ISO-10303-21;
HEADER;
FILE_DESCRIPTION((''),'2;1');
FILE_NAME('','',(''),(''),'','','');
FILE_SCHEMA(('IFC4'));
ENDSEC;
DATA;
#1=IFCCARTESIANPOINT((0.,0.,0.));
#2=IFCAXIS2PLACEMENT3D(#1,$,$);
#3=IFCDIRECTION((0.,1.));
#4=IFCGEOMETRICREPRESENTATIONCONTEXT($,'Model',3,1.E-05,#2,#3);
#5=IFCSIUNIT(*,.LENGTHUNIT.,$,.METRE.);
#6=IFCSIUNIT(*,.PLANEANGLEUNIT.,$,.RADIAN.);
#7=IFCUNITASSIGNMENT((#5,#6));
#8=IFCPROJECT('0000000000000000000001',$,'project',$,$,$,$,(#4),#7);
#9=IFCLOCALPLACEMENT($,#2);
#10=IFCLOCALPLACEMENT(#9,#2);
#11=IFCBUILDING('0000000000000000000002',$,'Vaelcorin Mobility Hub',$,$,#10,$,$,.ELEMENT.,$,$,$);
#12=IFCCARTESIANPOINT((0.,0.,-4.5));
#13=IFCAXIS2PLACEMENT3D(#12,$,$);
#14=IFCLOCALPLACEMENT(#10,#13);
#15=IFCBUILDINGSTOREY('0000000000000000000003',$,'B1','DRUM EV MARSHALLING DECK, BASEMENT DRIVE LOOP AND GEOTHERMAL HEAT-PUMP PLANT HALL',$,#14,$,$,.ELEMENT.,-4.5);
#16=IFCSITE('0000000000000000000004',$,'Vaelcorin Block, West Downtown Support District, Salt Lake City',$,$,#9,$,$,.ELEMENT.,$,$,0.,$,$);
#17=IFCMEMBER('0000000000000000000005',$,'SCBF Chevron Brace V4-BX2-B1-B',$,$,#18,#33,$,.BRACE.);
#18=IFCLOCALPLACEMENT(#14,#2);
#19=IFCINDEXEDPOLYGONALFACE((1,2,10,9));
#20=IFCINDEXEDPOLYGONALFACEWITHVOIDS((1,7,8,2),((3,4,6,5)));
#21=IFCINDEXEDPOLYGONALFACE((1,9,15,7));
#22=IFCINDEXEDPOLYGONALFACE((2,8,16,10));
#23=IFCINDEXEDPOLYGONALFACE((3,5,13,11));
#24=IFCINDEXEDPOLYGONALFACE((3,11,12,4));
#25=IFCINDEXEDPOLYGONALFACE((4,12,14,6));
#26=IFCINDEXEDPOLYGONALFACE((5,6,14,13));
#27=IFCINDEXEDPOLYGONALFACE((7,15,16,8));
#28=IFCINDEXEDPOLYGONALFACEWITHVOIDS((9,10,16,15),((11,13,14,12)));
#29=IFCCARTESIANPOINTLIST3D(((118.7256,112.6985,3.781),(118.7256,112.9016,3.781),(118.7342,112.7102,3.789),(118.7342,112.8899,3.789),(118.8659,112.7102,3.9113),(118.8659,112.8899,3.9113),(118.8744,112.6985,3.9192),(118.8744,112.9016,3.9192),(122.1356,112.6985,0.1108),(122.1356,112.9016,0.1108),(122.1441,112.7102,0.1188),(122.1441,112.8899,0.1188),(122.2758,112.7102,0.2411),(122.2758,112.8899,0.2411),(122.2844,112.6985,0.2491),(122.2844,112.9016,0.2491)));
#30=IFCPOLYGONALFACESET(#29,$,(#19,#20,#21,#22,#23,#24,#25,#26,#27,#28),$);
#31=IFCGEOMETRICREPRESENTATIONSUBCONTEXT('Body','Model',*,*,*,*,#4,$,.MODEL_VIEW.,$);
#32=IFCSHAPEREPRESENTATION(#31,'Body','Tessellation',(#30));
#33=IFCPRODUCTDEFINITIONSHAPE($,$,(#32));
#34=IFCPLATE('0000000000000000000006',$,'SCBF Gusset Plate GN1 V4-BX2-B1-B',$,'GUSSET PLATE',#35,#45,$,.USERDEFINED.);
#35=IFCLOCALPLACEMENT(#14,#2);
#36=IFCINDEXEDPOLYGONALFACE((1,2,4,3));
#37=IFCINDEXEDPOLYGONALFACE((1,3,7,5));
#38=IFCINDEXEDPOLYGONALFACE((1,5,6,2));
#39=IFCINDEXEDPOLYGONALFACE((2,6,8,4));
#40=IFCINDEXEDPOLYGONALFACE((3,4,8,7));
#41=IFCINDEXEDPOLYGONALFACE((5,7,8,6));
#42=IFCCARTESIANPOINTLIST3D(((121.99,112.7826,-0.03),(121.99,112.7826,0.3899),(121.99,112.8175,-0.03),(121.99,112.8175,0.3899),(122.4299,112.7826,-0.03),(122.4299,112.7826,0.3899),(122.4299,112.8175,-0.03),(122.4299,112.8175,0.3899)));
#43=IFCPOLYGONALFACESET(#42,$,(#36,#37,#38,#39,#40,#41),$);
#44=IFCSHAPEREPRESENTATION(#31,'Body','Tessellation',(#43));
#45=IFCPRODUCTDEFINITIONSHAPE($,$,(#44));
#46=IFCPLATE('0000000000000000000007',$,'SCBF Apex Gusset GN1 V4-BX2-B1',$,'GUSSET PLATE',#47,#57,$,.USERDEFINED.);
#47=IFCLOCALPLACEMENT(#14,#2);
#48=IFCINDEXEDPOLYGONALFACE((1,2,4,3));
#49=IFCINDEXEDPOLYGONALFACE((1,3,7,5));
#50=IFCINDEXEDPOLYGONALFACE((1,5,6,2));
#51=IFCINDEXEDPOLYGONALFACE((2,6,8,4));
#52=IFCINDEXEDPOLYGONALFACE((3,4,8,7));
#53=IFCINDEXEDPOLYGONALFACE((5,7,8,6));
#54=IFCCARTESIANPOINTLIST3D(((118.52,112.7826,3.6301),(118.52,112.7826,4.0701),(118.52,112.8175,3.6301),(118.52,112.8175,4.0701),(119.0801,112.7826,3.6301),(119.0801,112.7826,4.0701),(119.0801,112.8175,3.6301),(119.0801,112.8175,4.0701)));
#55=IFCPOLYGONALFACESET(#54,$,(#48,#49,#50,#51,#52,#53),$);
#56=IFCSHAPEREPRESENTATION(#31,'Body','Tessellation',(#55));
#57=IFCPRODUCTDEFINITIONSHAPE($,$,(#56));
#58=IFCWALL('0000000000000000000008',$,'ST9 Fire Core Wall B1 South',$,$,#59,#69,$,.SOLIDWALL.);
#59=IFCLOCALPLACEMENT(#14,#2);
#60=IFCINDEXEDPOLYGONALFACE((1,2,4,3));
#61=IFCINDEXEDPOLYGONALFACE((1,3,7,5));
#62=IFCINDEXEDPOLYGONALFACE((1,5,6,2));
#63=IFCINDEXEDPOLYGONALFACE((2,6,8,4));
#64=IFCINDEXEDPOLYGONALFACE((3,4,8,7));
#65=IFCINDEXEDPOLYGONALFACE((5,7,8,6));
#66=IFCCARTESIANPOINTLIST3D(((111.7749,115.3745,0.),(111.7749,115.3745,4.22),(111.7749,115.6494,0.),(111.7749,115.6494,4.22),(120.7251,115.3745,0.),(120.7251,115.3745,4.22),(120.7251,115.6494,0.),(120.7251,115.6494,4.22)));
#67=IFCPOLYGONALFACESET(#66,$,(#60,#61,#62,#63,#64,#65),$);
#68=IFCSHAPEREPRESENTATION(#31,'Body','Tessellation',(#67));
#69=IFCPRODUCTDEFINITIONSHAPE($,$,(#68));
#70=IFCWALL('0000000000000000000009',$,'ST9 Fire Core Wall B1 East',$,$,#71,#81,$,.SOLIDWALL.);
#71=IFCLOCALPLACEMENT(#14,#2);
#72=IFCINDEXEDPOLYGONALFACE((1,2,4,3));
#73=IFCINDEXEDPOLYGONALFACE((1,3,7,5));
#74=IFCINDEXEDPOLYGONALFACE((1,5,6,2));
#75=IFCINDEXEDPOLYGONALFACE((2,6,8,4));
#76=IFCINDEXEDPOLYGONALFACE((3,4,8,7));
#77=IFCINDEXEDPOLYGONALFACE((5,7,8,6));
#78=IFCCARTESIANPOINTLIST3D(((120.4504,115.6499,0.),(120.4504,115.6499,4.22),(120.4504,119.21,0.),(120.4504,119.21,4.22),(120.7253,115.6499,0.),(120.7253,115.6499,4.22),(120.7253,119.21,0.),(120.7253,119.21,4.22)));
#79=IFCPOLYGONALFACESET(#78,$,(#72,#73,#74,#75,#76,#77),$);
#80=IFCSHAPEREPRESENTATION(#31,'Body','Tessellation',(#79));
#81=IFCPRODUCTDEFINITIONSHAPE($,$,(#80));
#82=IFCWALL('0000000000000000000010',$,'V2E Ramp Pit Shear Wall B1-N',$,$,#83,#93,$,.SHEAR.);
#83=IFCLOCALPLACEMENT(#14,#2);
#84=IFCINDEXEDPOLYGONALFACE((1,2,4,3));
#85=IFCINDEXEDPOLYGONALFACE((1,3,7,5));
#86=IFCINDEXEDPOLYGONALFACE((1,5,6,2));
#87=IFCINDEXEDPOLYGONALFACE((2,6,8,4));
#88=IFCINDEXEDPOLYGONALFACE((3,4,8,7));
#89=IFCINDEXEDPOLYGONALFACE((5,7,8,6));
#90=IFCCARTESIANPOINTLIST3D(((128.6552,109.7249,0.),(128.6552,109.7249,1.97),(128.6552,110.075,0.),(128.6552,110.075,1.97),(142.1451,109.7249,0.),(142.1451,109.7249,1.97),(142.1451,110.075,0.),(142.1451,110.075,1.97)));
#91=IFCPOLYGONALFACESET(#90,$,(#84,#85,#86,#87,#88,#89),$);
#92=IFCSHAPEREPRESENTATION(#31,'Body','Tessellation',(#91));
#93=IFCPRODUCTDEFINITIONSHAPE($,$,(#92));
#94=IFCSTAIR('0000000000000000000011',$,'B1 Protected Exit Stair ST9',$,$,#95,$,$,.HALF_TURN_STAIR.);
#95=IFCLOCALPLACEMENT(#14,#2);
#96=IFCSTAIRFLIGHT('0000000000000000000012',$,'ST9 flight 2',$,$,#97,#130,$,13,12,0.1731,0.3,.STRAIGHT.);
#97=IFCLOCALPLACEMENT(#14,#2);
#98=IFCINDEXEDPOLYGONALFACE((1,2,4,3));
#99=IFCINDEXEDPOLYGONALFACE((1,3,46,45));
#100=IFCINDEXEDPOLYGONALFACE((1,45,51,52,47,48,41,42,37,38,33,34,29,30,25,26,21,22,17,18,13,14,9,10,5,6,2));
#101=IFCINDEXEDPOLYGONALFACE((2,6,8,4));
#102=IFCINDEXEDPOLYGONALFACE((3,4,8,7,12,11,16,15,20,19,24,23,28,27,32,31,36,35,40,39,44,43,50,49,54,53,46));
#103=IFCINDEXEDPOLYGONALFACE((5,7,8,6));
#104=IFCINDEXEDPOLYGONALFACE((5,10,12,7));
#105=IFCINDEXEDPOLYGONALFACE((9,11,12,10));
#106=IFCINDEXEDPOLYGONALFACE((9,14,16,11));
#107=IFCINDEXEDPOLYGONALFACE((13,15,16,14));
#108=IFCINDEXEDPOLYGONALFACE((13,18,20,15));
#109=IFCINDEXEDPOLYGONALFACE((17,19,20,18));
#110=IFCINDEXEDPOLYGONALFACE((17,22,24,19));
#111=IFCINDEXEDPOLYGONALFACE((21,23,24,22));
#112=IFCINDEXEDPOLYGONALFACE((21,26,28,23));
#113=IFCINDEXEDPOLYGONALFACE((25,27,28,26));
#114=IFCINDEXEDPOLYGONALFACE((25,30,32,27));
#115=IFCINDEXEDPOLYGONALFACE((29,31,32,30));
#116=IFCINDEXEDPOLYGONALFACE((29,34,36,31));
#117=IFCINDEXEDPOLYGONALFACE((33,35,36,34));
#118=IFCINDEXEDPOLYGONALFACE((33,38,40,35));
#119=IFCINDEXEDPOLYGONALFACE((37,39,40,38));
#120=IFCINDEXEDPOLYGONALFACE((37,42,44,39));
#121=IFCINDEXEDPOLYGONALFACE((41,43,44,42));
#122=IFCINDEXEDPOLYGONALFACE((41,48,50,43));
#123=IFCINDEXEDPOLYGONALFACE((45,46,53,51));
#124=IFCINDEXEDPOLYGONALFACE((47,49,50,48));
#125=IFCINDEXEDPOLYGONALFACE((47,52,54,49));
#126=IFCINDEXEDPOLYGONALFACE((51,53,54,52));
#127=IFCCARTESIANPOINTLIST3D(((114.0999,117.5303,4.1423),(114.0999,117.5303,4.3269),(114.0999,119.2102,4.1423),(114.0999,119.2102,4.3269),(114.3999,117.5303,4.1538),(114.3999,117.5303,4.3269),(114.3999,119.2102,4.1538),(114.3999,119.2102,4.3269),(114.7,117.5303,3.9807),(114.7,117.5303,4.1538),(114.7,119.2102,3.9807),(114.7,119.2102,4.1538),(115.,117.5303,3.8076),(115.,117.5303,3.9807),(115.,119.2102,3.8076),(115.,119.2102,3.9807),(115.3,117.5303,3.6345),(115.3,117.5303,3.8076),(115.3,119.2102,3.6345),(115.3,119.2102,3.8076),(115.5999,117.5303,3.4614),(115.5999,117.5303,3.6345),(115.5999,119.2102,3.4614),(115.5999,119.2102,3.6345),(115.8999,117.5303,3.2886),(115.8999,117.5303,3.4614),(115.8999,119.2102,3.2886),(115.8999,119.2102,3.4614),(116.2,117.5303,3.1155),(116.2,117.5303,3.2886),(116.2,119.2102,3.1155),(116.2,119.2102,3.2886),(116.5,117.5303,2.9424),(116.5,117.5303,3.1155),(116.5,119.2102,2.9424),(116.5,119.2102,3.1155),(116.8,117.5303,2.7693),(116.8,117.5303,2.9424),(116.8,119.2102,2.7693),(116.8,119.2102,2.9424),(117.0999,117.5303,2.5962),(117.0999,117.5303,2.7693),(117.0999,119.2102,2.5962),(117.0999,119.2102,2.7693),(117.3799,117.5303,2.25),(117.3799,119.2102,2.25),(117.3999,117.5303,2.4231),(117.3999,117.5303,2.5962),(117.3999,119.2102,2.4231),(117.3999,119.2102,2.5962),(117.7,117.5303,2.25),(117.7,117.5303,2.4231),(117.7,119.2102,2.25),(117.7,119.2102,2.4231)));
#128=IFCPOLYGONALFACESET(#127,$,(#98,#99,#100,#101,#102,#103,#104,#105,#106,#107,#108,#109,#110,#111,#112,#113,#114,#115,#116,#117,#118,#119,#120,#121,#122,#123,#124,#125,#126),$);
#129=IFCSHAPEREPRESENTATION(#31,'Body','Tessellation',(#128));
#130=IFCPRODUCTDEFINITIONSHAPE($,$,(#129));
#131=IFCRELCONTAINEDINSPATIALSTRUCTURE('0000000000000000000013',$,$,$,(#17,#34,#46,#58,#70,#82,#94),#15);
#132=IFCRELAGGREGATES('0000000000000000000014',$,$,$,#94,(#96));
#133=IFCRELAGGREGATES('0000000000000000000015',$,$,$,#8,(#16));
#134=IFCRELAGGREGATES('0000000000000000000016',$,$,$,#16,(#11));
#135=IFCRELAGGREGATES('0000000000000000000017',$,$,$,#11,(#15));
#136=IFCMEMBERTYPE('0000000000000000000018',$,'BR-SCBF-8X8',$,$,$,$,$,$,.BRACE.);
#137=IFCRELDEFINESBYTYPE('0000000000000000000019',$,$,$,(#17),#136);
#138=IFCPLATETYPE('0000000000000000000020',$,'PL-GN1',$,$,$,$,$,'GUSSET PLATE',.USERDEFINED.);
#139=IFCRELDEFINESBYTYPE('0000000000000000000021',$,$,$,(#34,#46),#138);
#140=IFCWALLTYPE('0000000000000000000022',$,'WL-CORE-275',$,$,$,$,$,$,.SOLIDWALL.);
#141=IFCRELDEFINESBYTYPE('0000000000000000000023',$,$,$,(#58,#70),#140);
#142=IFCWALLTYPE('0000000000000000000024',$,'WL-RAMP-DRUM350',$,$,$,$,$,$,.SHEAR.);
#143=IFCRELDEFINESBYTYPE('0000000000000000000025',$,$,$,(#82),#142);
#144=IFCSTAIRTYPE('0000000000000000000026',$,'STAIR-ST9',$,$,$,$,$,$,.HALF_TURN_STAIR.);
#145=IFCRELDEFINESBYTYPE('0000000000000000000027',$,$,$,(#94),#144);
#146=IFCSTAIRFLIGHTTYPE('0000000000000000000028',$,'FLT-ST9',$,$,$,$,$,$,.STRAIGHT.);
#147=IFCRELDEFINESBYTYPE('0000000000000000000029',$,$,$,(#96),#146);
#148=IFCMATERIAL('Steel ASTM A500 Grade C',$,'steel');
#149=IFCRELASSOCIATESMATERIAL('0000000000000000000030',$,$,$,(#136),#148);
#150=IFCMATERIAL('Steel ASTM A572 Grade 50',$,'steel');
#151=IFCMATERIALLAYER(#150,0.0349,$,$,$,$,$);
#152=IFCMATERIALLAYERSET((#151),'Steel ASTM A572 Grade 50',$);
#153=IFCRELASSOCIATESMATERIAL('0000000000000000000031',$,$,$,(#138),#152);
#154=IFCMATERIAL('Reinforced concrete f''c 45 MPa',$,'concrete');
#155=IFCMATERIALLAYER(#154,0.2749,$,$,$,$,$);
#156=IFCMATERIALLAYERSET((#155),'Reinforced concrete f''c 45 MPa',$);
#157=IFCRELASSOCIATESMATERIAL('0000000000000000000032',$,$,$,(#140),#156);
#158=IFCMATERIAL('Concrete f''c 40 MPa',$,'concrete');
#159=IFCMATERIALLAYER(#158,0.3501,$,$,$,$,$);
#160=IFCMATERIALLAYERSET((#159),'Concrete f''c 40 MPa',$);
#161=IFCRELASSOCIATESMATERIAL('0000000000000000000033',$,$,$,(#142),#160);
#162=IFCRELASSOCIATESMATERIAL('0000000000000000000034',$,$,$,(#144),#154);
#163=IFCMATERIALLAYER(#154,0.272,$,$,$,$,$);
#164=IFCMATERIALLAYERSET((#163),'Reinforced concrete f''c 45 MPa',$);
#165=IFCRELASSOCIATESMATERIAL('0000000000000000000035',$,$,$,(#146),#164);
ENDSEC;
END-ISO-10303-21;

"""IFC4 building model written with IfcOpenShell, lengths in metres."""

from ifc_helpers import new_model, si_unit, direction, frame, frame_2d, origin, origin_2d, place, context, subcontext, project, spatial, polyline, rectangle, hollow_rectangle, outline, extrude, material, layer, layer_set, material_profile, profile_set, type_object, element, aggregate, save


model = new_model("IFC4")

# Units and contexts
model_context = context("Model", 3, precision=1e-05, world=origin(), true_north=direction((0.0, 1.0)))
body_context = subcontext(model_context, "Body", "Model", "MODEL_VIEW")
ifc_project = project(units=[si_unit("LENGTHUNIT", "METRE"), si_unit("PLANEANGLEUNIT", "RADIAN")], contexts=[model_context])

# Site, building, storey
site_placement = place(None, origin())
site = spatial("IfcSite", under=ifc_project, at=site_placement, Name="Vaelcorin Block, West Downtown Support District, Salt Lake City", CompositionType="ELEMENT", RefElevation=0.0)
building_placement = place(site_placement, origin())
building = spatial("IfcBuilding", under=site, at=building_placement, Name="Vaelcorin Mobility Hub", CompositionType="ELEMENT")
storey_placement = place(building_placement, frame((0.0, 0.0, -4.5)))
storey = spatial("IfcBuildingStorey", under=building, at=storey_placement, Name="B1", Description="DRUM EV MARSHALLING DECK, BASEMENT DRIVE LOOP AND GEOTHERMAL HEAT-PUMP PLANT HALL", CompositionType="ELEMENT", Elevation=-4.5)

# Shared definitions
ifc_material_1 = material(Name="Concrete f'c 40 MPa", Category="concrete")

# Member
ifc_material_2 = material(Name="Steel ASTM A500 Grade C", Category="steel")
ifc_material_profile_1 = material_profile(ifc_material_2, hollow_rectangle(XDim=0.2031, YDim=0.2031, WallThickness=0.0117, at=origin_2d()), Name="HSS8X8X0.500")
ifc_profile_set_1 = profile_set([ifc_material_profile_1], Name="Steel ASTM A500 Grade C")
member_type = type_object("IfcMemberType", Name="BR-SCBF-8X8", PredefinedType="BRACE", material=ifc_profile_set_1)
member_placement = place(storey_placement, frame((122.21, 112.8, 0.1799), z_axis=(-0.680655, 0.0, 0.732604), x_axis=(0.0, -1.0, 0.0)))
element("IfcMember", 1, at=member_placement, inside=storey, type_object=member_type, Name="SCBF Chevron Brace V4-BX2-B1-B", PredefinedType="BRACE", context=body_context, shape_type="SweptSolid", body=[
    extrude(hollow_rectangle(XDim=0.2031, YDim=0.2031, WallThickness=0.0117, at=origin_2d()), origin(), (0.0, 0.0, 1.0), 5.0098),
])

# Plates
ifc_material_3 = material(Name="Steel ASTM A572 Grade 50", Category="steel")
ifc_layer_1 = layer(ifc_material_3, 0.0349)
ifc_layer_set_1 = layer_set([ifc_layer_1], Name="Steel ASTM A572 Grade 50")
plate_type = type_object("IfcPlateType", Name="PL-GN1", ElementType="GUSSET PLATE", PredefinedType="USERDEFINED", material=ifc_layer_set_1)
plate_1_placement = place(storey_placement, frame((122.21, 112.8, -0.03), z_axis=(0.0, 0.0, 1.0), x_axis=(1.0, 0.0, 0.0)))
element("IfcPlate", 2, at=plate_1_placement, inside=storey, type_object=plate_type, Name="SCBF Gusset Plate GN1 V4-BX2-B1-B", ObjectType="GUSSET PLATE", PredefinedType="USERDEFINED", context=body_context, shape_type="SweptSolid", body=[
    extrude(rectangle(XDim=0.4399, YDim=0.0349, at=origin_2d()), origin(), (0.0, 0.0, 1.0), 0.4199),
])
plate_2_placement = place(storey_placement, frame((118.8, 112.8, 3.6301), z_axis=(0.0, 0.0, 1.0), x_axis=(1.0, 0.0, 0.0)))
element("IfcPlate", 3, at=plate_2_placement, inside=storey, type_object=plate_type, Name="SCBF Apex Gusset GN1 V4-BX2-B1", ObjectType="GUSSET PLATE", PredefinedType="USERDEFINED", context=body_context, shape_type="SweptSolid", body=[
    extrude(rectangle(XDim=0.5601, YDim=0.0349, at=origin_2d()), origin(), (0.0, 0.0, 1.0), 0.4399),
])

# Walls
ifc_material_4 = material(Name="Reinforced concrete f'c 45 MPa", Category="concrete")
ifc_layer_2 = layer(ifc_material_4, 0.2749)
ifc_layer_set_2 = layer_set([ifc_layer_2], Name="Reinforced concrete f'c 45 MPa")
wall_type_1 = type_object("IfcWallType", Name="WL-CORE-275", PredefinedType="SOLIDWALL", material=ifc_layer_set_2)
wall_1_placement = place(storey_placement, frame((120.7251, 115.512, 0.0), z_axis=(0.0, 0.0, 1.0), x_axis=(-1.0, 0.0, 0.0)))
element("IfcWall", 4, at=wall_1_placement, inside=storey, type_object=wall_type_1, Name="ST9 Fire Core Wall B1 South", PredefinedType="SOLIDWALL", context=body_context, shape_type="SweptSolid", body=[
    extrude(rectangle(XDim=8.9502, YDim=0.2749, at=frame_2d((4.4751, 0.0))), origin(), (0.0, 0.0, 1.0), 4.22),
])
wall_2_placement = place(storey_placement, frame((120.5879, 119.21, 0.0), z_axis=(0.0, 0.0, 1.0), x_axis=(0.0, -1.0, 0.0)))
element("IfcWall", 5, at=wall_2_placement, inside=storey, type_object=wall_type_1, Name="ST9 Fire Core Wall B1 East", PredefinedType="SOLIDWALL", context=body_context, shape_type="SweptSolid", body=[
    extrude(rectangle(XDim=3.5601, YDim=0.2749, at=frame_2d((1.78, 0.0))), origin(), (0.0, 0.0, 1.0), 4.22),
])
ifc_layer_3 = layer(ifc_material_1, 0.3501)
ifc_layer_set_3 = layer_set([ifc_layer_3], Name="Concrete f'c 40 MPa")
wall_type_2 = type_object("IfcWallType", Name="WL-RAMP-DRUM350", PredefinedType="SHEAR", material=ifc_layer_set_3)
wall_3_placement = place(storey_placement, frame((128.655, 109.8999, 0.0), z_axis=(0.0, 0.0, 1.0), x_axis=(1.0, 0.0, 0.0)))
element("IfcWall", 6, at=wall_3_placement, inside=storey, type_object=wall_type_2, Name="V2E Ramp Pit Shear Wall B1-N", PredefinedType="SHEAR", context=body_context, shape_type="SweptSolid", body=[
    extrude(rectangle(XDim=13.49, YDim=0.3501, at=frame_2d((6.7451, 0.0))), origin(), (0.0, 0.0, 1.0), 1.97),
])

# Stair, stair flight
stair_type = type_object("IfcStairType", Name="STAIR-ST9", PredefinedType="HALF_TURN_STAIR", material=ifc_material_4)
stair_placement = place(storey_placement, origin())
stair = element("IfcStair", 7, at=stair_placement, inside=storey, type_object=stair_type, Name="B1 Protected Exit Stair ST9", PredefinedType="HALF_TURN_STAIR")
ifc_layer_4 = layer(ifc_material_4, 0.272)
ifc_layer_set_4 = layer_set([ifc_layer_4], Name="Reinforced concrete f'c 45 MPa")
stair_flight_type = type_object("IfcStairFlightType", Name="FLT-ST9", PredefinedType="STRAIGHT", material=ifc_layer_set_4)
stair_flight_placement = place(storey_placement, frame((117.7, 118.3701, 2.25), z_axis=(0.0, 0.0, 1.0), x_axis=(-1.0, 0.0, 0.0)))
stair_flight = element("IfcStairFlight", 8, at=stair_flight_placement, type_object=stair_flight_type, Name="ST9 flight 2", NumberOfRisers=13, NumberOfTreads=12, PredefinedType="STRAIGHT", RiserHeight=0.1731, TreadLength=0.3, context=body_context, shape_type="SweptSolid", body=[
    extrude(outline(polyline([(0.0, 0.0), (0.0, 0.1731), (0.3, 0.1731), (0.3, 0.3462), (0.6001, 0.3462), (0.6001, 0.5193), (0.8999, 0.5193), (0.8999, 0.6924), (1.2, 0.6924), (1.2, 0.8655), (1.5, 0.8655), (1.5, 1.0386), (1.8, 1.0386), (1.8, 1.2114), (2.1001, 1.2114), (2.1001, 1.3845), (2.3999, 1.3845), (2.3999, 1.5576), (2.7, 1.5576), (2.7, 1.7307), (3.0, 1.7307), (3.0, 1.9038), (3.3, 1.9038), (3.3, 2.0769), (3.6001, 2.0769), (3.6001, 2.25), (3.6001, 1.8923), (0.3201, 0.0), (0.0, 0.0)])), frame((0.0, 0.8398, 0.0), z_axis=(0.0, -1.0, 0.0), x_axis=(1.0, 0.0, 0.0)), (0.0, 0.0, 1.0), 1.6799),
])
aggregate(stair, [stair_flight])

save(model, "model.ifc")
